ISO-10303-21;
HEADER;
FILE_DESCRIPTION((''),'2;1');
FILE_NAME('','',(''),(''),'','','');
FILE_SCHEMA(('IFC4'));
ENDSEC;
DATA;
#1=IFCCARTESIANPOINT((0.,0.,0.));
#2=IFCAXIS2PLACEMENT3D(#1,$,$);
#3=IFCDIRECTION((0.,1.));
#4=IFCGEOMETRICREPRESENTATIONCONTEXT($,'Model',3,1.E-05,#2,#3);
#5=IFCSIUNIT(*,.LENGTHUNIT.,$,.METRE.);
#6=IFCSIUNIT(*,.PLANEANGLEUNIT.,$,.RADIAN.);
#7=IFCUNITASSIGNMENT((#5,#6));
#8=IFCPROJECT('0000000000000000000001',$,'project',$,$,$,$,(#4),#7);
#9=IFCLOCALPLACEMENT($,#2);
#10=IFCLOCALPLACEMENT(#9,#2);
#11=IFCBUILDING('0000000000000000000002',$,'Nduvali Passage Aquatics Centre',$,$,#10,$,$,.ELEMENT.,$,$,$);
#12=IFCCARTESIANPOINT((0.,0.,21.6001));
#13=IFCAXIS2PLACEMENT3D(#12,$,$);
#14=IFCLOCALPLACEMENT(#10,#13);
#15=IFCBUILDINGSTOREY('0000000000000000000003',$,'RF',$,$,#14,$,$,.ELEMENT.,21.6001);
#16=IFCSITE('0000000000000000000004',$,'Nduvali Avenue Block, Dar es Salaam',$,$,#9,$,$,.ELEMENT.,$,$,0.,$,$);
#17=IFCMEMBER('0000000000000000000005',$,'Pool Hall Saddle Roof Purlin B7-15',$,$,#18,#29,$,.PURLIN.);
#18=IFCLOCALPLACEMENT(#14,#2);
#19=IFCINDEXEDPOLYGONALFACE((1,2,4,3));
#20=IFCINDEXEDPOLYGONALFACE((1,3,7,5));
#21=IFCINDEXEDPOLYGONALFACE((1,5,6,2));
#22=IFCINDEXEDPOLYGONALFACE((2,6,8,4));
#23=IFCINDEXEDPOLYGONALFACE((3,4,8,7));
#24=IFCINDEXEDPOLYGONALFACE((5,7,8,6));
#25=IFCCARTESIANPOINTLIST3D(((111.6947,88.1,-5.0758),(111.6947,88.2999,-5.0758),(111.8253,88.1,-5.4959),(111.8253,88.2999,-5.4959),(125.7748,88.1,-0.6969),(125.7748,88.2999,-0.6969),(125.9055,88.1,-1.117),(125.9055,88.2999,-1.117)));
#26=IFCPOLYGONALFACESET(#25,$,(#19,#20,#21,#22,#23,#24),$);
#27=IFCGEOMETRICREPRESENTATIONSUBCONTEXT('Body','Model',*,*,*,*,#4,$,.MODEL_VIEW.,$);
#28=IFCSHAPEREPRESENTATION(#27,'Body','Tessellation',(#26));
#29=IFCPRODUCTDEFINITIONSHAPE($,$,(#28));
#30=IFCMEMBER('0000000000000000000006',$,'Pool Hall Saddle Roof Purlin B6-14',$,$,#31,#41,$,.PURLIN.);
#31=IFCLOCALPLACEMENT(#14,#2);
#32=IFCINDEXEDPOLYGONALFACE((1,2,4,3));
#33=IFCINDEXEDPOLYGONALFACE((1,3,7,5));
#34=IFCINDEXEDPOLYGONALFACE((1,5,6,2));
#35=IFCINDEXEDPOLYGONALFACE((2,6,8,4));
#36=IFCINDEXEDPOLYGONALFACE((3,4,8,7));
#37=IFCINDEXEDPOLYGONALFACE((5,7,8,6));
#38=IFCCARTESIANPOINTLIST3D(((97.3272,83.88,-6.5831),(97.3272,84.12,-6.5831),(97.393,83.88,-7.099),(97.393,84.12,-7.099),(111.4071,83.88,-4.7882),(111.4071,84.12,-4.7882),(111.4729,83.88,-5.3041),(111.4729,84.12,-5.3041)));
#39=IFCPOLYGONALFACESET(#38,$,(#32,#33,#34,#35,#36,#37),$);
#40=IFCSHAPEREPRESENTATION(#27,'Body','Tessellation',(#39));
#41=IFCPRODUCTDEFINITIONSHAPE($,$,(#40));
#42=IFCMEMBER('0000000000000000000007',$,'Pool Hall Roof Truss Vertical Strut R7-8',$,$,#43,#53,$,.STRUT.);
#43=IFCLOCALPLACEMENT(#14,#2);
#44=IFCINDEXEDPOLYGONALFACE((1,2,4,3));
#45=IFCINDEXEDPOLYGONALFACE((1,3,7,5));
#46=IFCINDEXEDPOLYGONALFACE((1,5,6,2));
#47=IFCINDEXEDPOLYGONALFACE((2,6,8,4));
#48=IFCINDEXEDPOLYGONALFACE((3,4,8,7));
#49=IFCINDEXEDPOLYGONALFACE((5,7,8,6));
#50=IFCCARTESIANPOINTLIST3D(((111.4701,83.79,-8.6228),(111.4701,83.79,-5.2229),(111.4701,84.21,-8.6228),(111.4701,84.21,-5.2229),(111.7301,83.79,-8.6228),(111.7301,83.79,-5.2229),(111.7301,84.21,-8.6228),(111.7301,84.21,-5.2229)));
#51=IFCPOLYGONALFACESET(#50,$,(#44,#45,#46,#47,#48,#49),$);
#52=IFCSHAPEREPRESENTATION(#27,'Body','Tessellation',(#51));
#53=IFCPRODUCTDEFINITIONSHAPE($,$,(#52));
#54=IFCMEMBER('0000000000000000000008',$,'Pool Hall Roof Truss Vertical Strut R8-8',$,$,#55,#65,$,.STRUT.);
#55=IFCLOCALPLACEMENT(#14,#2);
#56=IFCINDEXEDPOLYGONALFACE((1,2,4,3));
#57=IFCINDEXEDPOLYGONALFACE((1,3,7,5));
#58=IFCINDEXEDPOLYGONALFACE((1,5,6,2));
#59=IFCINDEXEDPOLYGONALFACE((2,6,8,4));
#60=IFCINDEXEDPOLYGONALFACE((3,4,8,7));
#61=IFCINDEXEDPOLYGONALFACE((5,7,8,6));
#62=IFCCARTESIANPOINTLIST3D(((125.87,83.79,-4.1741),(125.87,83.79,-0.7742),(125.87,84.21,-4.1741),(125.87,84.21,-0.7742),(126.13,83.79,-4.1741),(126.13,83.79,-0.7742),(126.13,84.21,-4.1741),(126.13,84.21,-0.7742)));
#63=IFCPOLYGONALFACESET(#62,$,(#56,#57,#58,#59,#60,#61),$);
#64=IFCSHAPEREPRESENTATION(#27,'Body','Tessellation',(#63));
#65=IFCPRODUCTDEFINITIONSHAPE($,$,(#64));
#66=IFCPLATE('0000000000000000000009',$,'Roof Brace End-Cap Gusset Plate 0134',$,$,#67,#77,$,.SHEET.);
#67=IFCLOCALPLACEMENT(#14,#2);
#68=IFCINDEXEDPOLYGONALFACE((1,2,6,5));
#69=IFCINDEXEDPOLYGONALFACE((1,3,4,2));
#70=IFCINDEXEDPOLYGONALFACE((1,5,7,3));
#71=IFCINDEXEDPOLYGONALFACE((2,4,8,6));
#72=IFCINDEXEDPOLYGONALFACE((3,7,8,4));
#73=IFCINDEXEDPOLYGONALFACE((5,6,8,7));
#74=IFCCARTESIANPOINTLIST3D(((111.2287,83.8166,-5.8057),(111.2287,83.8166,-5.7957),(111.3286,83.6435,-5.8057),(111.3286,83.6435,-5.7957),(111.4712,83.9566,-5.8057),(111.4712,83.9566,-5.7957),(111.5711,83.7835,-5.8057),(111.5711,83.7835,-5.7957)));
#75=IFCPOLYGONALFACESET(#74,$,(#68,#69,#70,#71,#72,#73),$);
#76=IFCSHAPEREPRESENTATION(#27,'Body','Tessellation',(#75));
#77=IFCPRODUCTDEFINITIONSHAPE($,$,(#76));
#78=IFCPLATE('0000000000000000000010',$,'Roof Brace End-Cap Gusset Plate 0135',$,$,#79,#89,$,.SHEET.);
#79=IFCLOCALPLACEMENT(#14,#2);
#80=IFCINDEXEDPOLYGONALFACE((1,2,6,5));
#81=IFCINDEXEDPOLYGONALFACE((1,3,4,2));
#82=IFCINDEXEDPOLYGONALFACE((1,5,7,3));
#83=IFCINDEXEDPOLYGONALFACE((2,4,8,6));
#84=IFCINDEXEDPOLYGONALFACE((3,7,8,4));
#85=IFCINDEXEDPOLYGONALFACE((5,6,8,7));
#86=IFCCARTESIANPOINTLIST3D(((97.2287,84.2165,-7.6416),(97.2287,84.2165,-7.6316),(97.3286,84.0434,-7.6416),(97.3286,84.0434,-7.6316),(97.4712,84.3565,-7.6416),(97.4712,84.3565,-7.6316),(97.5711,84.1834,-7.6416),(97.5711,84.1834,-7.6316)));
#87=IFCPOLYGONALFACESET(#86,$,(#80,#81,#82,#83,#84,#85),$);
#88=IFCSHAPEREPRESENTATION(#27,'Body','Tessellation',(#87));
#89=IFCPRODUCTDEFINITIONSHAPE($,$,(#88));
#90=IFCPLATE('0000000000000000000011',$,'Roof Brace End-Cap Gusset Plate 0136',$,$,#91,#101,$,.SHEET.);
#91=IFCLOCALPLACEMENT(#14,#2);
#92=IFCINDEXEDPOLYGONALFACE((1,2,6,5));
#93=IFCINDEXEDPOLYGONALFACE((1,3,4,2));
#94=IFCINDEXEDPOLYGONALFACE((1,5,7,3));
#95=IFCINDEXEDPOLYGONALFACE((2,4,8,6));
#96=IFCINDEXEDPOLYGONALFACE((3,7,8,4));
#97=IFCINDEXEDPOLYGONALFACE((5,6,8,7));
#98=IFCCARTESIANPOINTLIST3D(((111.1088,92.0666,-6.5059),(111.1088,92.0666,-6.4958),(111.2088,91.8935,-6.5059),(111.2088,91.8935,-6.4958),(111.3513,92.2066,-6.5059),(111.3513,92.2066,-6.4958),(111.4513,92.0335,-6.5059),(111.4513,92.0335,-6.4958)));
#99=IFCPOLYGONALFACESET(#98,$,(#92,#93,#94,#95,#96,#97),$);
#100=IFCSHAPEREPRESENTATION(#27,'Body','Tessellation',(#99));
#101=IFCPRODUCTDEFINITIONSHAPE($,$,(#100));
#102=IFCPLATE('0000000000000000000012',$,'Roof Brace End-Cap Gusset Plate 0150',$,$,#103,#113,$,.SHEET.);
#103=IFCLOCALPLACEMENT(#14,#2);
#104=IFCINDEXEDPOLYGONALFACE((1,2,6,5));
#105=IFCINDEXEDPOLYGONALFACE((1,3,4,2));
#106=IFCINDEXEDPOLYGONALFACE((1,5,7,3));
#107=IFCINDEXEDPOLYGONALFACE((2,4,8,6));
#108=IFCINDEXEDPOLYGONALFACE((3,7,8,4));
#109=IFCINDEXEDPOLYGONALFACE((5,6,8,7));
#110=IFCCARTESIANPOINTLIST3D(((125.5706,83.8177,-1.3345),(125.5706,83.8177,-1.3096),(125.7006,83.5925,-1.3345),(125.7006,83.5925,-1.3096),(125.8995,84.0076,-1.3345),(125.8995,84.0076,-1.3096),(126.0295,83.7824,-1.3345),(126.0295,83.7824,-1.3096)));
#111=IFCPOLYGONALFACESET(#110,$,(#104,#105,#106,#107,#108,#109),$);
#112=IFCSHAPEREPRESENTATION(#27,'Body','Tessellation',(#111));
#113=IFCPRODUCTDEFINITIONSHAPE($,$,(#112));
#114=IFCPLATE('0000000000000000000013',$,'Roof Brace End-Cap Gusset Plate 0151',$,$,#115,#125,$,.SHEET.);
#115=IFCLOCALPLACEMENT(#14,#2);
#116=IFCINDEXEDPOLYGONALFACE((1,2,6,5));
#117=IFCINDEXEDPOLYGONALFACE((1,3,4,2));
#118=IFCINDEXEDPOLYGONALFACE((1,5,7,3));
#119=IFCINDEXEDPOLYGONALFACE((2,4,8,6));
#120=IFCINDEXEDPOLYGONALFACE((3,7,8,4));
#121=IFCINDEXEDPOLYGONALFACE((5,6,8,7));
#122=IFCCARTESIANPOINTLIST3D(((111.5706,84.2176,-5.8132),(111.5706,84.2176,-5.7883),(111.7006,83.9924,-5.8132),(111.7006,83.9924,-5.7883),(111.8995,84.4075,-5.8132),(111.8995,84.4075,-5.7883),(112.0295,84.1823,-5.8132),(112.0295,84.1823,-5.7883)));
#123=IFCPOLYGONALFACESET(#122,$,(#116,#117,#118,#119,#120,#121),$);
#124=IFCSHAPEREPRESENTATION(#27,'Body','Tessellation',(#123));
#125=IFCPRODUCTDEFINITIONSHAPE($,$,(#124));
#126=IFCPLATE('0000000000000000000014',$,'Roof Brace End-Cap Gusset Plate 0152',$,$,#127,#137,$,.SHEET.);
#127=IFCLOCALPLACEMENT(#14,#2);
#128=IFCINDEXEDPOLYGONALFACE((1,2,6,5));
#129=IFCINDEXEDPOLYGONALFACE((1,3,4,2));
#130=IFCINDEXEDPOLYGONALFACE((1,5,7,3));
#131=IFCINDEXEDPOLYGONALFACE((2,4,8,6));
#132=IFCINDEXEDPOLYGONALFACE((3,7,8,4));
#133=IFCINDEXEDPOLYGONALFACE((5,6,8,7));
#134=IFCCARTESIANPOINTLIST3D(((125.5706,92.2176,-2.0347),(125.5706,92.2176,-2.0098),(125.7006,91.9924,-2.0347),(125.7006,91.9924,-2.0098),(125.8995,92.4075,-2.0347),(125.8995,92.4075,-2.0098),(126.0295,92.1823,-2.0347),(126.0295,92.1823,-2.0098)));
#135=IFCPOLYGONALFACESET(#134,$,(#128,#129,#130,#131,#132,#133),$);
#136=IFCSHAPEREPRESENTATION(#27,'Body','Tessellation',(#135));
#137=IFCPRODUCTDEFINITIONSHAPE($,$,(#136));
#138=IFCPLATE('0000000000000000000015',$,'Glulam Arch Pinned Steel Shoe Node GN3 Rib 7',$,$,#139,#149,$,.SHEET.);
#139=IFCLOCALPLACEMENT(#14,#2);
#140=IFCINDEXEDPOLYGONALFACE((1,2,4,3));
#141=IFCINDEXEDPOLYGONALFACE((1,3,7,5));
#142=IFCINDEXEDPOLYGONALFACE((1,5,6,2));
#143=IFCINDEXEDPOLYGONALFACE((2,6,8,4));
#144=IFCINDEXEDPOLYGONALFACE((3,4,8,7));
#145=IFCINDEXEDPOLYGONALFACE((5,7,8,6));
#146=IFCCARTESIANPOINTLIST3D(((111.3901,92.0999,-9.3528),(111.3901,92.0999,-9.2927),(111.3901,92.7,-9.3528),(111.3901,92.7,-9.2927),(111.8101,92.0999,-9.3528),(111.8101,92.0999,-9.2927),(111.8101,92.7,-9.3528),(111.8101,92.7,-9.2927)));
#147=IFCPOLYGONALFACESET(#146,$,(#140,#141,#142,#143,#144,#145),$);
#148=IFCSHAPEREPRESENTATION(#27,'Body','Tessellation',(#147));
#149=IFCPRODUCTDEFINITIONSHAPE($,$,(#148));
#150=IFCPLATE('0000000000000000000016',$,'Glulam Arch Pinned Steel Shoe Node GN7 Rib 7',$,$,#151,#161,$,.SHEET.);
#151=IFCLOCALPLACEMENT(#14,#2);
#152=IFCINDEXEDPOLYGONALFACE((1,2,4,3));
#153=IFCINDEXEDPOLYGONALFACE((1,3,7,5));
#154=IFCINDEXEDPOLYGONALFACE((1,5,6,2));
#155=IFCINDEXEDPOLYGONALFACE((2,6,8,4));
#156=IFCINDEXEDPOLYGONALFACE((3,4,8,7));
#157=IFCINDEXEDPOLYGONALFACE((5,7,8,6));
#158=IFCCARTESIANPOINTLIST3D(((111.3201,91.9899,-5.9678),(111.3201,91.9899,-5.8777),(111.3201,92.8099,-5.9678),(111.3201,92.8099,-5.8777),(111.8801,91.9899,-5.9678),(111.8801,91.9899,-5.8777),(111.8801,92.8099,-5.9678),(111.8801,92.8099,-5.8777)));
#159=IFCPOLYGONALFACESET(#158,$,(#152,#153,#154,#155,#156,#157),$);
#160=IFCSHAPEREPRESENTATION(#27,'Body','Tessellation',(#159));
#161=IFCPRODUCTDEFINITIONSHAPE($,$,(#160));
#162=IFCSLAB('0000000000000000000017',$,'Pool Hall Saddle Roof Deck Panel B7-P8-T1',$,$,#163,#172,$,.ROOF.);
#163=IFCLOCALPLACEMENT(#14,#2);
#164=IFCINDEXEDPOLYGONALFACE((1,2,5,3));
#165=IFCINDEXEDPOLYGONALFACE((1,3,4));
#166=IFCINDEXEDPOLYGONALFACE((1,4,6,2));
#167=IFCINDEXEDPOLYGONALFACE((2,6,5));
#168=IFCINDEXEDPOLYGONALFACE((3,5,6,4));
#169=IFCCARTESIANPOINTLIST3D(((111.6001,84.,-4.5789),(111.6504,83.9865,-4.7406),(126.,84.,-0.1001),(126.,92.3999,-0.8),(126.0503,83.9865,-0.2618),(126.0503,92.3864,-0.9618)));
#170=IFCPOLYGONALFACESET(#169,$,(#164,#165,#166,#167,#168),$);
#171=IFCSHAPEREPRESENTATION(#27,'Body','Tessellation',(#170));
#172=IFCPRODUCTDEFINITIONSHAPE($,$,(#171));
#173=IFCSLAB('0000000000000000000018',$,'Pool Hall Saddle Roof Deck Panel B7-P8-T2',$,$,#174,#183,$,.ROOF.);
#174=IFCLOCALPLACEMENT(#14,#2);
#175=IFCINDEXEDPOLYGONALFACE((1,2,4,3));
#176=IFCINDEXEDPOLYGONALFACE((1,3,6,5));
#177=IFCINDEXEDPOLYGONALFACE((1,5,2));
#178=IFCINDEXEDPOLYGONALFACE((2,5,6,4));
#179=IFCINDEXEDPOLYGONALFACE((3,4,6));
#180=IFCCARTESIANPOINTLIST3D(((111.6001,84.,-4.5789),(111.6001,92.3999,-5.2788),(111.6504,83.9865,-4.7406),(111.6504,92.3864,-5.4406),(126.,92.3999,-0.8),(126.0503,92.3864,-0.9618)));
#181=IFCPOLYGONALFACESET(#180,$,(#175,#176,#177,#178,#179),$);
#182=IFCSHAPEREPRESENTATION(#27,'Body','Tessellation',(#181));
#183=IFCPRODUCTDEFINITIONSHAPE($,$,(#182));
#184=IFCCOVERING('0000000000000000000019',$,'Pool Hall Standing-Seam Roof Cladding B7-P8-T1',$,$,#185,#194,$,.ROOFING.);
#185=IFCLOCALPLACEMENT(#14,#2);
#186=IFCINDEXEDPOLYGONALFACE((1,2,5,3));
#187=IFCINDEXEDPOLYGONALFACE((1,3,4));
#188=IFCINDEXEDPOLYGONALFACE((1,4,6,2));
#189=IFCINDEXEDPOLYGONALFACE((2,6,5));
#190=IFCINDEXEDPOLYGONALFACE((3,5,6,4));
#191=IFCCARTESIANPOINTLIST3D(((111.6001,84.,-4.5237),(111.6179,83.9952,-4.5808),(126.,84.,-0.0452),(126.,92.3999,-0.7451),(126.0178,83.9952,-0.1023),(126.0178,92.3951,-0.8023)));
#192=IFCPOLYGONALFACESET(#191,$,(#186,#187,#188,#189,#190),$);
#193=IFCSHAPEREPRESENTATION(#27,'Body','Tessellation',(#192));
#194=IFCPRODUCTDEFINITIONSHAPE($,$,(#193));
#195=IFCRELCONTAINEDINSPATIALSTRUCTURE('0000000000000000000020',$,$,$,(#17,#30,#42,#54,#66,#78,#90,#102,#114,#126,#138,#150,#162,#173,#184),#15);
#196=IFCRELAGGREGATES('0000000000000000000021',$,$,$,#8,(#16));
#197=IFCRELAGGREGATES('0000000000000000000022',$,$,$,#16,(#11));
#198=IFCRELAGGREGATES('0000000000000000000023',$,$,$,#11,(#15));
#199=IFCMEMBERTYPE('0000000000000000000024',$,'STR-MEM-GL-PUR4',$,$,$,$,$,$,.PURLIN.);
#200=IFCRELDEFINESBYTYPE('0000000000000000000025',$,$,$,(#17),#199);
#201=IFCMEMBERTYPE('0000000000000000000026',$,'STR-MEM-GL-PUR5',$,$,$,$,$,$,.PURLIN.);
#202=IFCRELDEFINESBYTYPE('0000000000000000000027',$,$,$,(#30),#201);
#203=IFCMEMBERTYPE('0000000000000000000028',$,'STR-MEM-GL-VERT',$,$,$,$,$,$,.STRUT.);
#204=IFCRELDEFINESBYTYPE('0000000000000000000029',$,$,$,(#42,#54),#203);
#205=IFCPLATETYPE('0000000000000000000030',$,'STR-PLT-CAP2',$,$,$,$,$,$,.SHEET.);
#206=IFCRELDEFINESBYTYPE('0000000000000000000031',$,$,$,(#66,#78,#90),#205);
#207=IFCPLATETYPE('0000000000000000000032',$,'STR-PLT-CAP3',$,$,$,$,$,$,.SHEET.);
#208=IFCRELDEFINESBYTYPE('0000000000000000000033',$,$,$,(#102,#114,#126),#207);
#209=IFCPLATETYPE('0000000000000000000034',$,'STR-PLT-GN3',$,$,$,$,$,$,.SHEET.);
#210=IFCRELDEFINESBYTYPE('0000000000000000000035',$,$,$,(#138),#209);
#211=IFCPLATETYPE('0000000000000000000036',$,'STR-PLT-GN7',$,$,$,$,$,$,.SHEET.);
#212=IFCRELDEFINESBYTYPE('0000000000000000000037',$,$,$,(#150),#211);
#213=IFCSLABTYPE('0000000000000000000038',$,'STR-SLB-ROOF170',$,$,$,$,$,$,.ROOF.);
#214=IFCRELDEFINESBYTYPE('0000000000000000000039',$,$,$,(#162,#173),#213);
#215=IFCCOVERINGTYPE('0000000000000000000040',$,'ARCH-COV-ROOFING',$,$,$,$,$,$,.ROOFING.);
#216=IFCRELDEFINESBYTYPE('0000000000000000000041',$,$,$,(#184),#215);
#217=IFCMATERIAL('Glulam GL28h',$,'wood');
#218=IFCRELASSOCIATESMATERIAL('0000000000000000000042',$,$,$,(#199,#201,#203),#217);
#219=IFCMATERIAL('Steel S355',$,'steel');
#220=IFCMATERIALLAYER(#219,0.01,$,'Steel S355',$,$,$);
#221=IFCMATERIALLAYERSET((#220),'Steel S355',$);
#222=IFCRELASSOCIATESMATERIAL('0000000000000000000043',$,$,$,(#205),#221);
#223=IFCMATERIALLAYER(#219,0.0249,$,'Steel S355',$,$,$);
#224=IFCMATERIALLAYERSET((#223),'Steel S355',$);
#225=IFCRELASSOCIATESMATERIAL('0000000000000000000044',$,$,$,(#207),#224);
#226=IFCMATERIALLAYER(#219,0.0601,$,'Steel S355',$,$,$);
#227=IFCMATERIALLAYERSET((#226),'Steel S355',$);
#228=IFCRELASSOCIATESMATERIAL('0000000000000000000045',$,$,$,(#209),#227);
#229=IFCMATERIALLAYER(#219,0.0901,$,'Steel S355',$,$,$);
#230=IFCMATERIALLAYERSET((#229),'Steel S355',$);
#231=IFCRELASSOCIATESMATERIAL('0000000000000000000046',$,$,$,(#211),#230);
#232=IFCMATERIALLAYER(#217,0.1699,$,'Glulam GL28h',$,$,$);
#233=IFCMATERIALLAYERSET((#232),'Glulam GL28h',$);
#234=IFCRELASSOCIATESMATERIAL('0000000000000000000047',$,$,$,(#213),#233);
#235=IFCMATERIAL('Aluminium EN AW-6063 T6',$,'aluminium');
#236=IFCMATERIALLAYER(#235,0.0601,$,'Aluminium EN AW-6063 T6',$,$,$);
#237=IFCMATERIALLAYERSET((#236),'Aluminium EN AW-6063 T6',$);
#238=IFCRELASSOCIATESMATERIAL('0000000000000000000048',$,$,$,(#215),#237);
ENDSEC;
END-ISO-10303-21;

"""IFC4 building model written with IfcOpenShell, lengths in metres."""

from ifc_helpers import new_model, si_unit, direction, frame, origin, origin_2d, place, context, subcontext, project, spatial, polyline, rectangle, outline, extrude, material, layer, layer_set, material_profile, profile_set, type_object, element, save


model = new_model("IFC4")

# Units and contexts
model_context = context("Model", 3, precision=1e-05, world=origin(), true_north=direction((0.0, 1.0)))
body_context = subcontext(model_context, "Body", "Model", "MODEL_VIEW")
ifc_project = project(units=[si_unit("LENGTHUNIT", "METRE"), si_unit("PLANEANGLEUNIT", "RADIAN")], contexts=[model_context])

# Site, building, storey
site_placement = place(None, origin())
site = spatial("IfcSite", under=ifc_project, at=site_placement, Name="Nduvali Avenue Block, Dar es Salaam", CompositionType="ELEMENT", RefElevation=0.0)
building_placement = place(site_placement, origin())
building = spatial("IfcBuilding", under=site, at=building_placement, Name="Nduvali Passage Aquatics Centre", CompositionType="ELEMENT")
storey_placement = place(building_placement, frame((0.0, 0.0, 21.6001)))
storey = spatial("IfcBuildingStorey", under=building, at=storey_placement, Name="RF", CompositionType="ELEMENT", Elevation=21.6001)

# Shared definitions
ifc_material_1 = material(Name="Steel S355", Category="steel")

# Members
ifc_material_2 = material(Name="Glulam GL28h", Category="wood")
ifc_material_profile_1 = material_profile(ifc_material_2, rectangle(XDim=0.2, YDim=0.4399, at=origin_2d()), Name="GL28h 200x440")
ifc_profile_set_1 = profile_set([ifc_material_profile_1], Name="Glulam GL28h")
member_type_1 = type_object("IfcMemberType", Name="STR-MEM-GL-PUR4", PredefinedType="PURLIN", material=ifc_profile_set_1)
member_1_placement = place(storey_placement, frame((111.76, 88.2, -5.2859), z_axis=(0.954887, 0.0, 0.29697), x_axis=(0.0, 1.0, 0.0)))
element("IfcMember", 1, at=member_1_placement, inside=storey, type_object=member_type_1, Name="Pool Hall Saddle Roof Purlin B7-15", PredefinedType="PURLIN", context=body_context, shape_type="SweptSolid", body=[
    extrude(rectangle(XDim=0.2, YDim=0.4399, at=origin_2d()), origin(), (0.0, 0.0, 1.0), 14.7454),
])
ifc_material_profile_2 = material_profile(ifc_material_2, rectangle(XDim=0.24, YDim=0.52, at=origin_2d()), Name="GL28h 240x520")
ifc_profile_set_2 = profile_set([ifc_material_profile_2], Name="Glulam GL28h")
member_type_2 = type_object("IfcMemberType", Name="STR-MEM-GL-PUR5", PredefinedType="PURLIN", material=ifc_profile_set_2)
member_2_placement = place(storey_placement, frame((97.3601, 84.0, -6.8411), z_axis=(0.991972, 0.0, 0.126458), x_axis=(0.0, 1.0, 0.0)))
element("IfcMember", 2, at=member_2_placement, inside=storey, type_object=member_type_2, Name="Pool Hall Saddle Roof Purlin B6-14", PredefinedType="PURLIN", context=body_context, shape_type="SweptSolid", body=[
    extrude(rectangle(XDim=0.24, YDim=0.52, at=origin_2d()), origin(), (0.0, 0.0, 1.0), 14.1938),
])
ifc_material_profile_3 = material_profile(ifc_material_2, rectangle(XDim=0.26, YDim=0.4199, at=origin_2d()), Name="GL28h 260x420")
ifc_profile_set_3 = profile_set([ifc_material_profile_3], Name="Glulam GL28h")
member_type_3 = type_object("IfcMemberType", Name="STR-MEM-GL-VERT", PredefinedType="STRUT", material=ifc_profile_set_3)
for number, where, z_axis, x_axis, name in (
    (3, (111.6001, 84.0, -8.6228), (0.0, 0.0, 1.0), (1.0, 0.0, 0.0), "Pool Hall Roof Truss Vertical Strut R7-8"),
    (4, (126.0, 84.0, -4.1741), (0.0, 0.0, 1.0), (1.0, 0.0, 0.0), "Pool Hall Roof Truss Vertical Strut R8-8"),
):
    element("IfcMember", number, at=place(storey_placement, frame(where, z_axis=z_axis, x_axis=x_axis)), inside=storey, type_object=member_type_3, Name=name, PredefinedType="STRUT", context=body_context, shape_type="SweptSolid", body=[
        extrude(rectangle(XDim=0.26, YDim=0.4199, at=origin_2d()), origin(), (0.0, 0.0, 1.0), 3.3999),
    ])

# Plates
ifc_layer_1 = layer(ifc_material_1, 0.01, Name="Steel S355")
ifc_layer_set_1 = layer_set([ifc_layer_1], Name="Steel S355")
plate_type_1 = type_object("IfcPlateType", Name="STR-PLT-CAP2", PredefinedType="SHEET", material=ifc_layer_set_1)
for number, where, z_axis, x_axis, name in (
    (5, (111.3999, 83.8, -5.8057), (0.0, 0.0, 1.0), (0.866025, 0.5, 0.0), "Roof Brace End-Cap Gusset Plate 0134"),
    (6, (97.3999, 84.2, -7.6416), (0.0, 0.0, 1.0), (0.866025, 0.5, 0.0), "Roof Brace End-Cap Gusset Plate 0135"),
    (7, (111.28, 92.05, -6.5059), (0.0, 0.0, 1.0), (0.866025, 0.5, 0.0), "Roof Brace End-Cap Gusset Plate 0136"),
):
    element("IfcPlate", number, at=place(storey_placement, frame(where, z_axis=z_axis, x_axis=x_axis)), inside=storey, type_object=plate_type_1, Name=name, PredefinedType="SHEET", context=body_context, shape_type="SweptSolid", body=[
        extrude(rectangle(XDim=0.28, YDim=0.2, at=origin_2d()), origin(), (0.0, 0.0, 1.0), 0.01),
    ])
ifc_layer_2 = layer(ifc_material_1, 0.0249, Name="Steel S355")
ifc_layer_set_2 = layer_set([ifc_layer_2], Name="Steel S355")
plate_type_2 = type_object("IfcPlateType", Name="STR-PLT-CAP3", PredefinedType="SHEET", material=ifc_layer_set_2)
for number, where, z_axis, x_axis, name in (
    (8, (125.8, 83.8, -1.3345), (0.0, 0.0, 1.0), (0.866025, 0.5, 0.0), "Roof Brace End-Cap Gusset Plate 0150"),
    (9, (111.8, 84.2, -5.8132), (0.0, 0.0, 1.0), (0.866025, 0.5, 0.0), "Roof Brace End-Cap Gusset Plate 0151"),
    (10, (125.8, 92.2, -2.0347), (0.0, 0.0, 1.0), (0.866025, 0.5, 0.0), "Roof Brace End-Cap Gusset Plate 0152"),
):
    element("IfcPlate", number, at=place(storey_placement, frame(where, z_axis=z_axis, x_axis=x_axis)), inside=storey, type_object=plate_type_2, Name=name, PredefinedType="SHEET", context=body_context, shape_type="SweptSolid", body=[
        extrude(rectangle(XDim=0.3799, YDim=0.26, at=origin_2d()), origin(), (0.0, 0.0, 1.0), 0.0249),
    ])
ifc_layer_3 = layer(ifc_material_1, 0.0601, Name="Steel S355")
ifc_layer_set_3 = layer_set([ifc_layer_3], Name="Steel S355")
plate_type_3 = type_object("IfcPlateType", Name="STR-PLT-GN3", PredefinedType="SHEET", material=ifc_layer_set_3)
plate_1_placement = place(storey_placement, frame((111.6001, 92.3999, -9.3528), z_axis=(0.0, 0.0, 1.0), x_axis=(0.0, 1.0, 0.0)))
element("IfcPlate", 11, at=plate_1_placement, inside=storey, type_object=plate_type_3, Name="Glulam Arch Pinned Steel Shoe Node GN3 Rib 7", PredefinedType="SHEET", context=body_context, shape_type="SweptSolid", body=[
    extrude(rectangle(XDim=0.6001, YDim=0.4199, at=origin_2d()), origin(), (0.0, 0.0, 1.0), 0.0601),
])
ifc_layer_4 = layer(ifc_material_1, 0.0901, Name="Steel S355")
ifc_layer_set_4 = layer_set([ifc_layer_4], Name="Steel S355")
plate_type_4 = type_object("IfcPlateType", Name="STR-PLT-GN7", PredefinedType="SHEET", material=ifc_layer_set_4)
plate_2_placement = place(storey_placement, frame((111.6001, 92.3999, -5.9678), z_axis=(0.0, 0.0, 1.0), x_axis=(0.0, 1.0, 0.0)))
element("IfcPlate", 12, at=plate_2_placement, inside=storey, type_object=plate_type_4, Name="Glulam Arch Pinned Steel Shoe Node GN7 Rib 7", PredefinedType="SHEET", context=body_context, shape_type="SweptSolid", body=[
    extrude(rectangle(XDim=0.8201, YDim=0.5601, at=origin_2d()), origin(), (0.0, 0.0, 1.0), 0.0901),
])

# Slabs
ifc_layer_5 = layer(ifc_material_2, 0.1699, Name="Glulam GL28h")
ifc_layer_set_5 = layer_set([ifc_layer_5], Name="Glulam GL28h")
slab_type = type_object("IfcSlabType", Name="STR-SLB-ROOF170", PredefinedType="ROOF", material=ifc_layer_set_5)
slab_1_placement = place(storey_placement, frame((111.6001, 84.0, -4.5789), z_axis=(-0.296058, 0.079318, 0.951871), x_axis=(0.95488, 0.0, 0.296993)))
element("IfcSlab", 13, at=slab_1_placement, inside=storey, type_object=slab_type, Name="Pool Hall Saddle Roof Deck Panel B7-P8-T1", PredefinedType="ROOF", context=body_context, shape_type="SweptSolid", body=[
    extrude(outline(polyline([(0.0, 0.0), (15.0803, 0.0), (14.8725, 8.4265), (0.0, 0.0)])), origin(), (0.0, 0.0, -1.0), 0.1699),
])
slab_2_placement = place(storey_placement, frame((111.6001, 84.0, -4.5789), z_axis=(-0.296058, 0.079318, 0.951871), x_axis=(0.842409, 0.491403, 0.221064)))
element("IfcSlab", 14, at=slab_2_placement, inside=storey, type_object=slab_type, Name="Pool Hall Saddle Roof Deck Panel B7-P8-T2", PredefinedType="ROOF", context=body_context, shape_type="SweptSolid", body=[
    extrude(outline(polyline([(0.0, 0.0), (17.0937, 0.0), (3.973, 7.4339), (0.0, 0.0)])), origin(), (0.0, 0.0, -1.0), 0.1699),
])

# Covering
ifc_material_3 = material(Name="Aluminium EN AW-6063 T6", Category="aluminium")
ifc_layer_6 = layer(ifc_material_3, 0.0601, Name="Aluminium EN AW-6063 T6")
ifc_layer_set_6 = layer_set([ifc_layer_6], Name="Aluminium EN AW-6063 T6")
covering_type = type_object("IfcCoveringType", Name="ARCH-COV-ROOFING", PredefinedType="ROOFING", material=ifc_layer_set_6)
covering_1_placement = place(storey_placement, frame((111.6001, 84.0, -4.5237), z_axis=(-0.296043, 0.079318, 0.951876), x_axis=(0.954884, 0.0, 0.296979)))
element("IfcCovering", 15, at=covering_1_placement, inside=storey, type_object=covering_type, Name="Pool Hall Standing-Seam Roof Cladding B7-P8-T1", PredefinedType="ROOFING", context=body_context, shape_type="SweptSolid", body=[
    extrude(outline(polyline([(0.0, 0.0), (15.0803, 0.0), (14.8724, 8.4265), (0.0, 0.0)])), origin(), (0.0, 0.0, -1.0), 0.0601),
])

save(model, "model.ifc")
